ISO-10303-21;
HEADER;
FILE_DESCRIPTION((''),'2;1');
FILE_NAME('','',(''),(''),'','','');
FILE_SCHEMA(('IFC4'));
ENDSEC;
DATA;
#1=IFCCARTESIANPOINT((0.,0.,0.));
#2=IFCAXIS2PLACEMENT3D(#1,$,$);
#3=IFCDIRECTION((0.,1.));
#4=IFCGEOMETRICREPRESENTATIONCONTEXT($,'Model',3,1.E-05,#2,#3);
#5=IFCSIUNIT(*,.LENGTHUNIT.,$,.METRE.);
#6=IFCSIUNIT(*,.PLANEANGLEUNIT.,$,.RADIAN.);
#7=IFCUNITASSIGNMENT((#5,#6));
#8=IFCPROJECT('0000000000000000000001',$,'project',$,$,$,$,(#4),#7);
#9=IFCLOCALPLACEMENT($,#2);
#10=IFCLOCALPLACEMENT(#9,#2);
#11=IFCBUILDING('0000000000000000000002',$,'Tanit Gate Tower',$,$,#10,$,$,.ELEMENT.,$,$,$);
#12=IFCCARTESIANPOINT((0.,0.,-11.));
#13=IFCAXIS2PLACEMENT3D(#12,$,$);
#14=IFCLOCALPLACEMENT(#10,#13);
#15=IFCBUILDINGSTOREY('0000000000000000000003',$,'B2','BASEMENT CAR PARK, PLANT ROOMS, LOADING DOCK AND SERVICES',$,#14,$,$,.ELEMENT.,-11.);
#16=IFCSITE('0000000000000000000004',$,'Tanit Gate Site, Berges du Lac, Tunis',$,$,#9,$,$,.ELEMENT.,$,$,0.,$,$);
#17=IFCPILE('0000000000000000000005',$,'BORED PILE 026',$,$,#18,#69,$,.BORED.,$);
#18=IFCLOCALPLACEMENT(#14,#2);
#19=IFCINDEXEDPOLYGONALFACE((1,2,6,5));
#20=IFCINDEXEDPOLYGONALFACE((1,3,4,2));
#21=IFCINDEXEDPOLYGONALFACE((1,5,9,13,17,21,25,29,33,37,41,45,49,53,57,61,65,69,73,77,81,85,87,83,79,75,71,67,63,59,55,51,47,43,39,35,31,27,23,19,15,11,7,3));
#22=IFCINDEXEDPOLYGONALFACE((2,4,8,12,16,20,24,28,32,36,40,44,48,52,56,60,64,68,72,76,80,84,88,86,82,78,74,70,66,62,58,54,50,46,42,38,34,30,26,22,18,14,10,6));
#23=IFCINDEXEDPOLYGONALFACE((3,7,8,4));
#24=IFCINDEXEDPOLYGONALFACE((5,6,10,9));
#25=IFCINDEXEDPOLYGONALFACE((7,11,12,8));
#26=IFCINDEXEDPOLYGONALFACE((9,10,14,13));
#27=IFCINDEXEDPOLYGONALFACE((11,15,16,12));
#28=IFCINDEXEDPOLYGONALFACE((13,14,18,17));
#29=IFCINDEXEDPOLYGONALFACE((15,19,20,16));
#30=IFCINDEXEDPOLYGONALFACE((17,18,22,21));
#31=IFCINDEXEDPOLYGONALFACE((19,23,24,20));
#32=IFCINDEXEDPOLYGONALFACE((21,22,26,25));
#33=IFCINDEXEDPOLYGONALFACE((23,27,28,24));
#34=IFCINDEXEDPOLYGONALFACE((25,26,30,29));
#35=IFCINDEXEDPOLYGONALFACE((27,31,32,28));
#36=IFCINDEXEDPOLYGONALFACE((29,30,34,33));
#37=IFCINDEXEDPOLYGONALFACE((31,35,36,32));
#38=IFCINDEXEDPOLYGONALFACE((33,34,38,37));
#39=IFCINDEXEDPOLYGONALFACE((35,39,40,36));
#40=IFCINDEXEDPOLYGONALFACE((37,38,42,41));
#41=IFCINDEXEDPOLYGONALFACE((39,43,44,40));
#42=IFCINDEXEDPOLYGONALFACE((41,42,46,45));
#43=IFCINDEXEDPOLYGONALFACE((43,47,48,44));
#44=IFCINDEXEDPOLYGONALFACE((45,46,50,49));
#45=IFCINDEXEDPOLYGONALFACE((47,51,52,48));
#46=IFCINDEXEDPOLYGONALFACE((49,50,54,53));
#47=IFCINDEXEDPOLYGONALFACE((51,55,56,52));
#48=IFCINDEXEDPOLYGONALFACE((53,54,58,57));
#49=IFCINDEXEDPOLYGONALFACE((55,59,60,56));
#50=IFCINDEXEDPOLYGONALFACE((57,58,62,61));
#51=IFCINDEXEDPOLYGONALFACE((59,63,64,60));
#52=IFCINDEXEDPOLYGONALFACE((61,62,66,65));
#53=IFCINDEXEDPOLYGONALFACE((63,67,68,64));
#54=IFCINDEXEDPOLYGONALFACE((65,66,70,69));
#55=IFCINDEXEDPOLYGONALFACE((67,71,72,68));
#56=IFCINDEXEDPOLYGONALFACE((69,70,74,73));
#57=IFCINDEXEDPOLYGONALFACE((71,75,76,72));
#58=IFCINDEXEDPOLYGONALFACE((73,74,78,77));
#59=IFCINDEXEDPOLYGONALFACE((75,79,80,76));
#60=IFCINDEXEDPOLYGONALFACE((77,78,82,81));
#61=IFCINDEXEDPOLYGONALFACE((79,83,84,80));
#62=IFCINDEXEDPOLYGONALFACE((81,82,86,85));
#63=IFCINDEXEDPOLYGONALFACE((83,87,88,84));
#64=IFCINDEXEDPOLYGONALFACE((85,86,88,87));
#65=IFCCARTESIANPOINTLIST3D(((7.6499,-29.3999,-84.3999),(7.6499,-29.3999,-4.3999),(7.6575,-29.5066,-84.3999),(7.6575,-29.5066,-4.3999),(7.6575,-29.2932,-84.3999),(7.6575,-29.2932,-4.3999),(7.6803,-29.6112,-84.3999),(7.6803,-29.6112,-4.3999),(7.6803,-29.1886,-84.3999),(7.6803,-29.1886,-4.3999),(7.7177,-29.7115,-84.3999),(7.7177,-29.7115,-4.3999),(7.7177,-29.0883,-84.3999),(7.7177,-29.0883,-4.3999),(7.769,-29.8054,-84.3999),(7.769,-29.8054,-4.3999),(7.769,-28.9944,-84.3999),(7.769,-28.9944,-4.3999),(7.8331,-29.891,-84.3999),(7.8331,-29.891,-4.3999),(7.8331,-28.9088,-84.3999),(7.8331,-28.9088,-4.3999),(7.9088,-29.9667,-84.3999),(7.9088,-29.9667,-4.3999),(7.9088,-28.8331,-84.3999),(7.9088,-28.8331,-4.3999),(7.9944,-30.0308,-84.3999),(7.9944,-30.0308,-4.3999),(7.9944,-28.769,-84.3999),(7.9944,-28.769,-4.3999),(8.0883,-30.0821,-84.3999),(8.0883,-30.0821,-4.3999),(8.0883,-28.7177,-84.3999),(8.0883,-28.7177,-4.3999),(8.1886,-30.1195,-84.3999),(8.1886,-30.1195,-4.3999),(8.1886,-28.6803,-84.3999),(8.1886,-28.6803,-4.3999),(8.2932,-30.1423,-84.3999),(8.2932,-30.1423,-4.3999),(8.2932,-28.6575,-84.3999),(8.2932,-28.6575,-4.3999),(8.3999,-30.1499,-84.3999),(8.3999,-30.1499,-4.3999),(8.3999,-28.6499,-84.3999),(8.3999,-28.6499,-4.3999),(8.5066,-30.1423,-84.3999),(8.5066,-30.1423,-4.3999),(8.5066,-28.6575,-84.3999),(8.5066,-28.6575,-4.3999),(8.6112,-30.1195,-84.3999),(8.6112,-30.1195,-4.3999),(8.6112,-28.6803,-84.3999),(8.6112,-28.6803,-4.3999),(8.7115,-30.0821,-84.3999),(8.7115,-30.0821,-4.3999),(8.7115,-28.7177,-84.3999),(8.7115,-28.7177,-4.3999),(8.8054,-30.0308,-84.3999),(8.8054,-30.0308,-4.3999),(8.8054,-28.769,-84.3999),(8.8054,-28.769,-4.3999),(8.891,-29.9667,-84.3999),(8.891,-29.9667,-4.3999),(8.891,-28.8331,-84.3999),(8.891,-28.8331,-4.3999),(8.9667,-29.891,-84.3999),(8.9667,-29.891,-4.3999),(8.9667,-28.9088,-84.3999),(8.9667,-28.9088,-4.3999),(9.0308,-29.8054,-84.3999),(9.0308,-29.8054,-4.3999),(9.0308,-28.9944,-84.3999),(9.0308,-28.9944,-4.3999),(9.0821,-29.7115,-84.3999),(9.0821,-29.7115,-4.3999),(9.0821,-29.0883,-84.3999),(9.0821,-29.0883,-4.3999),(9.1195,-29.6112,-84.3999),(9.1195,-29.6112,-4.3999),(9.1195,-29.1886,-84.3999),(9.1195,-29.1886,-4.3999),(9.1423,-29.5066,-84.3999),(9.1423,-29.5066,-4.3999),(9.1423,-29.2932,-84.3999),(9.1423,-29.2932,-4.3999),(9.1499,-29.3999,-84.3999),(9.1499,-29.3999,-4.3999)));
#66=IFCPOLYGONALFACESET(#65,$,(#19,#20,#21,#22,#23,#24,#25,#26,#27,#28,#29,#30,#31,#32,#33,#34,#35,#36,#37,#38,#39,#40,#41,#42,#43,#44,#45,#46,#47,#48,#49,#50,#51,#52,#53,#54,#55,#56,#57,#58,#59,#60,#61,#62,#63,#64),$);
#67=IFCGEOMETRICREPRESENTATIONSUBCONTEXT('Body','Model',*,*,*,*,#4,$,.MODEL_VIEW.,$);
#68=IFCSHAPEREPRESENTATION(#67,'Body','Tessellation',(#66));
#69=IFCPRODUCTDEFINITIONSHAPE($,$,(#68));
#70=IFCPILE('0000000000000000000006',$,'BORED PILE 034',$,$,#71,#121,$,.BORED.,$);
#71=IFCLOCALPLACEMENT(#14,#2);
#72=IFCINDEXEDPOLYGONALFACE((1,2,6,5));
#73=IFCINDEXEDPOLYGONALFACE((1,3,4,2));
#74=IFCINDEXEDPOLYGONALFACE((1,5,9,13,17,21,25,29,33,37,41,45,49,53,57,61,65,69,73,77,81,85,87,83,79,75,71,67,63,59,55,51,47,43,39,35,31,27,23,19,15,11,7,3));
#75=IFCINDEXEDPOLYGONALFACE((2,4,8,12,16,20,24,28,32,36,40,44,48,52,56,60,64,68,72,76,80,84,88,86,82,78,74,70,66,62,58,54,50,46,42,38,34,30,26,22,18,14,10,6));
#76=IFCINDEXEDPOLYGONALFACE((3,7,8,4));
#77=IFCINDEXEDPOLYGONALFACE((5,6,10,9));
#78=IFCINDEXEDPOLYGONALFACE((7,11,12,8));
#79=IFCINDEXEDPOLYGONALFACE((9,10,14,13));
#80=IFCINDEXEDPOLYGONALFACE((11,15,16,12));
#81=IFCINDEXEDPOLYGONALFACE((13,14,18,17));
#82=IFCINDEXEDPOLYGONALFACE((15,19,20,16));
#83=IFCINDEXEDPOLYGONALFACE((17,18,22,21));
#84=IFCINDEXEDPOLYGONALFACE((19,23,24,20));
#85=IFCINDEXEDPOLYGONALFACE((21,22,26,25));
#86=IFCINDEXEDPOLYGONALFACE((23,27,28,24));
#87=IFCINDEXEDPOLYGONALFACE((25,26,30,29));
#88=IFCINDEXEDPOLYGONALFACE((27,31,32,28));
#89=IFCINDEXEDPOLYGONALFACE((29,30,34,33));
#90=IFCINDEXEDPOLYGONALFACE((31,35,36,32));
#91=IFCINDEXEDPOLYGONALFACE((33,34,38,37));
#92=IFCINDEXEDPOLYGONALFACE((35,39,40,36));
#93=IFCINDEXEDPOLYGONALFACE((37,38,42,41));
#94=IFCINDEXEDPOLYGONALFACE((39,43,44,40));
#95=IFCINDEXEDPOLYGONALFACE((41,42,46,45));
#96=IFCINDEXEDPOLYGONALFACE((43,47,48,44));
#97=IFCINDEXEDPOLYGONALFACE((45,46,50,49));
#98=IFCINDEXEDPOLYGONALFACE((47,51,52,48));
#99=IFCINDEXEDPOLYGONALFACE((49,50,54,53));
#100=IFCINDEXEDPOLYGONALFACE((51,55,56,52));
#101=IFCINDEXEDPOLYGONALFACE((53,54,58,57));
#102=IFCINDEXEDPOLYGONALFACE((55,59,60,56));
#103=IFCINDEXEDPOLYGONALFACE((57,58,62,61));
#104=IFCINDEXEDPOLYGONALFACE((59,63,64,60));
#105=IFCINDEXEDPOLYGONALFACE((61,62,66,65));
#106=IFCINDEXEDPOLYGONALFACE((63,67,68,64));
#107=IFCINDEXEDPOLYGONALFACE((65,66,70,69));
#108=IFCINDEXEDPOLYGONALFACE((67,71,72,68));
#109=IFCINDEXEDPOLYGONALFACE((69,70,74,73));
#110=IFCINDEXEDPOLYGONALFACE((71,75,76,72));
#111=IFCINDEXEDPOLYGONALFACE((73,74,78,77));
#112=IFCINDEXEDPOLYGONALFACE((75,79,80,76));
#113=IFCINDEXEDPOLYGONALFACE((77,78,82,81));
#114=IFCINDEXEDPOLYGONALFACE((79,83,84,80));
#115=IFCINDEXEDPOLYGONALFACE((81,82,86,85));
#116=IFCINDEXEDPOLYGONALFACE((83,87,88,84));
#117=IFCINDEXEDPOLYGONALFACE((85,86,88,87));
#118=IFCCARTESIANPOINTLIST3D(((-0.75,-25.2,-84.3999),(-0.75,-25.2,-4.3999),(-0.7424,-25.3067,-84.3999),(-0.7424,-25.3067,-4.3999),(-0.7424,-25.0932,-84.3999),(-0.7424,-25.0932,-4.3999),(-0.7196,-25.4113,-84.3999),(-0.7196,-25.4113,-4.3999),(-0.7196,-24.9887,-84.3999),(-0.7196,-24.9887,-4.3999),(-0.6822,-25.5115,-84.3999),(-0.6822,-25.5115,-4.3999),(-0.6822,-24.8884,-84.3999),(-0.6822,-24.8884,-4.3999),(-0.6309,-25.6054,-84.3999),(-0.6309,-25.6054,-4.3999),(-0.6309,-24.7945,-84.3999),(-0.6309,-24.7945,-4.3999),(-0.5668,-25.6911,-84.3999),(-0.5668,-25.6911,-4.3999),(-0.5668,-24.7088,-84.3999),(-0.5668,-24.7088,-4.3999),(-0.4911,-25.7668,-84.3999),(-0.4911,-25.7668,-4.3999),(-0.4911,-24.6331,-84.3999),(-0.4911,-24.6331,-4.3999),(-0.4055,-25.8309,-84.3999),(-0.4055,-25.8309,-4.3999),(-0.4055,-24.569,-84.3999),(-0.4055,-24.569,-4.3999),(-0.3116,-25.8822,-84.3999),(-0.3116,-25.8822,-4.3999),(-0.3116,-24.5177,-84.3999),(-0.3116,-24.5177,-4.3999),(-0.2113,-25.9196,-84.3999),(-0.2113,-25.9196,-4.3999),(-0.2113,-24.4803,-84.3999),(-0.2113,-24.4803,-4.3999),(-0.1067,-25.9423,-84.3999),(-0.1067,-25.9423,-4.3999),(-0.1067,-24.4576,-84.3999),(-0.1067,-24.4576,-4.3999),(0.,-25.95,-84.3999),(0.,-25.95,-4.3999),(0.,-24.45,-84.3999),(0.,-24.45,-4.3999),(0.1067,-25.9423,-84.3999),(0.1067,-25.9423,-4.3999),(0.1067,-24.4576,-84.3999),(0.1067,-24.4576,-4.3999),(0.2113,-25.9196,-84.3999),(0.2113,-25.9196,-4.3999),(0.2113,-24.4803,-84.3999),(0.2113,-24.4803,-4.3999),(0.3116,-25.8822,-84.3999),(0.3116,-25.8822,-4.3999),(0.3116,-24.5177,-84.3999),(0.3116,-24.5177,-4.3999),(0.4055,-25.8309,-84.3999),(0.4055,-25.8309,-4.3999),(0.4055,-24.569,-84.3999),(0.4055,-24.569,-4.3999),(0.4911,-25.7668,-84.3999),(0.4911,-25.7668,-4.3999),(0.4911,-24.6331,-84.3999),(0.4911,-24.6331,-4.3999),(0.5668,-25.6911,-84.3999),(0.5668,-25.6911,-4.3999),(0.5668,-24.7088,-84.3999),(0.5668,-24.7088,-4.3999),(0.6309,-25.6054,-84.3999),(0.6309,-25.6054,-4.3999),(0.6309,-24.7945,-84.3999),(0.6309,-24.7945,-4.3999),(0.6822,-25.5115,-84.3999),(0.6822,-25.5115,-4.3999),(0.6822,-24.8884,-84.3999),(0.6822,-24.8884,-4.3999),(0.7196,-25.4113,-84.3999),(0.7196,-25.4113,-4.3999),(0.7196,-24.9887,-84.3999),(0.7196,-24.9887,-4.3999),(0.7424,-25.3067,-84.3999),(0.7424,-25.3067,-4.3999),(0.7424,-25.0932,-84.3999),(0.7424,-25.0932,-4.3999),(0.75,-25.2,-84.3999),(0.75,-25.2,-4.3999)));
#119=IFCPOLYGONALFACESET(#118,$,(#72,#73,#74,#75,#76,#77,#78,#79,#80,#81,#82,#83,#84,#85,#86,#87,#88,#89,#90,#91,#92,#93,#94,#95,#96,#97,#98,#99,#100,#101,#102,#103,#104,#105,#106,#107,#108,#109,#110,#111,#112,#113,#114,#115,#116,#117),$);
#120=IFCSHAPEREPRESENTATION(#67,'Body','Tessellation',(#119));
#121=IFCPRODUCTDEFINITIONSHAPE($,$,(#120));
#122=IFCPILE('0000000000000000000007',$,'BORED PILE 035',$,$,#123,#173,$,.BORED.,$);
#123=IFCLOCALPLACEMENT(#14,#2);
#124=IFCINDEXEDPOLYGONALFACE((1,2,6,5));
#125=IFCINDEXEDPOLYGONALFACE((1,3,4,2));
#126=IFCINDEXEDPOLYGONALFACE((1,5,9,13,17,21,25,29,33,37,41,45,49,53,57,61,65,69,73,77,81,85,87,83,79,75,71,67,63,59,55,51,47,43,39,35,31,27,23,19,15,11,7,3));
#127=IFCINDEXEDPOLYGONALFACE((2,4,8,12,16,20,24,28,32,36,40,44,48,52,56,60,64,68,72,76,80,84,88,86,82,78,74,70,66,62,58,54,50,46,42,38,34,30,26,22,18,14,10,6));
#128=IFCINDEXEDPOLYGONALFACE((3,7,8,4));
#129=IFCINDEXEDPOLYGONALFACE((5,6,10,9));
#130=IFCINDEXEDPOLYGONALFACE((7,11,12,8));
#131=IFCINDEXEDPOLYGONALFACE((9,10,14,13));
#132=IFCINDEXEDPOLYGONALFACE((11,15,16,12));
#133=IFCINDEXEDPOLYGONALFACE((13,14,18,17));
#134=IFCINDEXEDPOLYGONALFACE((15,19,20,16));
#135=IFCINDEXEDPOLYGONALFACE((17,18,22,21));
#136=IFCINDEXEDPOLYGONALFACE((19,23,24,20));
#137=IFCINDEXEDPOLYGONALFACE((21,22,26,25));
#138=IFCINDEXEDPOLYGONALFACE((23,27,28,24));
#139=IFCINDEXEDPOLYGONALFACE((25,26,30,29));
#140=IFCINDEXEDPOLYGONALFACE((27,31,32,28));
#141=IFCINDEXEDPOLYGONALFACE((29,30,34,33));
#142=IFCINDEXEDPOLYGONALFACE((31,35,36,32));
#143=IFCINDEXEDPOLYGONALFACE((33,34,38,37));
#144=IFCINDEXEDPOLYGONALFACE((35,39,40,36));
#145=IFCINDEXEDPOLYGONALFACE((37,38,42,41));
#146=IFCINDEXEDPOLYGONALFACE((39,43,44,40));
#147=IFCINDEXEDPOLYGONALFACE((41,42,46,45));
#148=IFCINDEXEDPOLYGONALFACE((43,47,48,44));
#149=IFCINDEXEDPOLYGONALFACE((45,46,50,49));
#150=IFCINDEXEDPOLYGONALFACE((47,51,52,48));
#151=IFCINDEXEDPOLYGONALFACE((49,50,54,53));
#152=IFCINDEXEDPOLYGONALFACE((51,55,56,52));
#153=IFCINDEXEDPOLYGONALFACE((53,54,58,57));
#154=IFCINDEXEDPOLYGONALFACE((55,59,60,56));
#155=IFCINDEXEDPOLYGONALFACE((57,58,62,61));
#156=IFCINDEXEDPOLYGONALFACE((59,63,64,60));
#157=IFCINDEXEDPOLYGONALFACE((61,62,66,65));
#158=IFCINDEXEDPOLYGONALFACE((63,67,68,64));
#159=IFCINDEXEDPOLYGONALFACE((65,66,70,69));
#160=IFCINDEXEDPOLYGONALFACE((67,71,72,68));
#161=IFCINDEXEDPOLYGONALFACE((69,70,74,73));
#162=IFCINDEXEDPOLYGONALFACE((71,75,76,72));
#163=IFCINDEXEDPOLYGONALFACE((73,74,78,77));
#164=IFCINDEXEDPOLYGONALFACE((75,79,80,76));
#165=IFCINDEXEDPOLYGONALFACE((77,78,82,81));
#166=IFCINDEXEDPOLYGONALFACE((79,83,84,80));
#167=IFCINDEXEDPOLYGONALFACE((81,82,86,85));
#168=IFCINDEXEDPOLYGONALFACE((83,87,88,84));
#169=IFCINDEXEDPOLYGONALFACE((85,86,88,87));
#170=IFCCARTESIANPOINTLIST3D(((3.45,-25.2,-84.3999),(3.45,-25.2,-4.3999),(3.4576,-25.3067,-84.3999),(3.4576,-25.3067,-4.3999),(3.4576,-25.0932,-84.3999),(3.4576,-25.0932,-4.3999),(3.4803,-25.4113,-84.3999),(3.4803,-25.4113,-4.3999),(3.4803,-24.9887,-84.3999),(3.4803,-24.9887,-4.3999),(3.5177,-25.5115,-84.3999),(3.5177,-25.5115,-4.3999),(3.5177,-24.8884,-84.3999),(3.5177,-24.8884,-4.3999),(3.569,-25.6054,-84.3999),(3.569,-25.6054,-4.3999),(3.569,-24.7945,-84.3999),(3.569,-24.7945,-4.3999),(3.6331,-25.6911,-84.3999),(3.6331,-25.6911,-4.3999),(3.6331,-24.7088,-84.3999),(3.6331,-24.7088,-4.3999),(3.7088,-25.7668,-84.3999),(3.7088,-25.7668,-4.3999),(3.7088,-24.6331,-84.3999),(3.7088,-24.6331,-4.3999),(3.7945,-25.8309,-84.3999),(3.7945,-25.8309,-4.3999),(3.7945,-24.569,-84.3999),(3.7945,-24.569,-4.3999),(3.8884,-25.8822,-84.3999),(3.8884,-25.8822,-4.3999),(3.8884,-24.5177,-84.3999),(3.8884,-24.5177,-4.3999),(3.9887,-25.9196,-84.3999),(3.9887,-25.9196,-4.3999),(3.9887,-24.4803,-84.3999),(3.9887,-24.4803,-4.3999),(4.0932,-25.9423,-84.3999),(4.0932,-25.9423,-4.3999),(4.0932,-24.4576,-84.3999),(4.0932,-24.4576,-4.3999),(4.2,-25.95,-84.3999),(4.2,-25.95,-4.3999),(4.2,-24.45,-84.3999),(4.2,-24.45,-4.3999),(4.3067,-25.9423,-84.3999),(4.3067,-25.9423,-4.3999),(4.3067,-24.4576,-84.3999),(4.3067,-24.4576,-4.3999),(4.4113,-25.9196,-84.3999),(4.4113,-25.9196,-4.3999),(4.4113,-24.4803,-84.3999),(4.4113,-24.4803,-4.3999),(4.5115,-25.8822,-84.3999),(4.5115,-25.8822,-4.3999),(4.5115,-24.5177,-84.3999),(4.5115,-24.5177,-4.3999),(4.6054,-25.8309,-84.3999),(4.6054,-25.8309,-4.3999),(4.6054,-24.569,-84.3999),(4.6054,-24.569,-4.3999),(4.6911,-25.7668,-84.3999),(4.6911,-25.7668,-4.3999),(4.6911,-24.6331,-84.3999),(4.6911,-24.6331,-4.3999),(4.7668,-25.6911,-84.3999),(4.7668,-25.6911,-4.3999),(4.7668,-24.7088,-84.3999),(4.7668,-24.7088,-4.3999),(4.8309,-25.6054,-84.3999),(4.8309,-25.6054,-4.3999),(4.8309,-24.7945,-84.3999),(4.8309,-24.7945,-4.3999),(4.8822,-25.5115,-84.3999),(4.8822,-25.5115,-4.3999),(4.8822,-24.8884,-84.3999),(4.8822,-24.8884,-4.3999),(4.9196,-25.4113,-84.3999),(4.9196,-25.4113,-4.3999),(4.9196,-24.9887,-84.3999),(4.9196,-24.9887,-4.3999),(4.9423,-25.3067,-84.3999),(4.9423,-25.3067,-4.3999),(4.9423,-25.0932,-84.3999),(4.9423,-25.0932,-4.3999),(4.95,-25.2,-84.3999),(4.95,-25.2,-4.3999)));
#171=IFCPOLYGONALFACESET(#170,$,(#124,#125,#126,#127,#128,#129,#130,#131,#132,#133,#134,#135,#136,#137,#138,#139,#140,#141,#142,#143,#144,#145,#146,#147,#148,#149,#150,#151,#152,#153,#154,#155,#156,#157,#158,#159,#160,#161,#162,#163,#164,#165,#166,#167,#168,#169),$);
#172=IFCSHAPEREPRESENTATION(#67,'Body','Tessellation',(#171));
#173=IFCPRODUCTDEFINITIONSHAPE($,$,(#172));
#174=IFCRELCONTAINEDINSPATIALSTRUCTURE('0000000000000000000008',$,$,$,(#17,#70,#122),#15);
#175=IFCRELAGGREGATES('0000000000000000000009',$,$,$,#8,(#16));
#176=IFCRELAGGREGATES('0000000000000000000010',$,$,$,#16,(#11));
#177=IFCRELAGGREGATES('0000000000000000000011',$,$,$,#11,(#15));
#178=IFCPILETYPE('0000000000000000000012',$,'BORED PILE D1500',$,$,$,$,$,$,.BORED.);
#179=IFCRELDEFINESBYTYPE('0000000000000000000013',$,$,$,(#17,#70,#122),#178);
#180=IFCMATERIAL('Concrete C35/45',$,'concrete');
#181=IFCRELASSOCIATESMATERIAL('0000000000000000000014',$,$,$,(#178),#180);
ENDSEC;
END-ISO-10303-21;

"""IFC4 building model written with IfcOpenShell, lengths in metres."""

from ifc_helpers import new_model, si_unit, direction, frame, origin, origin_2d, place, context, subcontext, project, spatial, circle, extrude, material, material_profile, profile_set, type_object, element, save


model = new_model("IFC4")

# Units and contexts
model_context = context("Model", 3, precision=1e-05, world=origin(), true_north=direction((0.0, 1.0)))
body_context = subcontext(model_context, "Body", "Model", "MODEL_VIEW")
ifc_project = project(units=[si_unit("LENGTHUNIT", "METRE"), si_unit("PLANEANGLEUNIT", "RADIAN")], contexts=[model_context])

# Site, building, storey
site_placement = place(None, origin())
site = spatial("IfcSite", under=ifc_project, at=site_placement, Name="Tanit Gate Site, Berges du Lac, Tunis", CompositionType="ELEMENT", RefElevation=0.0)
building_placement = place(site_placement, origin())
building = spatial("IfcBuilding", under=site, at=building_placement, Name="Tanit Gate Tower", CompositionType="ELEMENT")
storey_placement = place(building_placement, frame((0.0, 0.0, -11.0)))
storey = spatial("IfcBuildingStorey", under=building, at=storey_placement, Name="B2", Description="BASEMENT CAR PARK, PLANT ROOMS, LOADING DOCK AND SERVICES", CompositionType="ELEMENT", Elevation=-11.0)

# Piles
ifc_material_1 = material(Name="Concrete C35/45", Category="concrete")
ifc_material_profile = material_profile(ifc_material_1, circle(Radius=0.75, at=origin_2d()), Name="BORED PILE D1500 C35/45")
ifc_profile_set = profile_set([ifc_material_profile], Name="Concrete C35/45")
pile_type = type_object("IfcPileType", Name="BORED PILE D1500", PredefinedType="BORED", material=ifc_profile_set)
for number, where, z_axis, x_axis, name in (
    (1, (8.3999, -29.3999, -4.3999), (0.0, 0.0, -1.0), (1.0, 0.0, 0.0), "BORED PILE 026"),
    (2, (0.0, -25.2, -4.3999), (0.0, 0.0, -1.0), (1.0, 0.0, 0.0), "BORED PILE 034"),
    (3, (4.2, -25.2, -4.3999), (0.0, 0.0, -1.0), (1.0, 0.0, 0.0), "BORED PILE 035"),
):
    element("IfcPile", number, at=place(storey_placement, frame(where, z_axis=z_axis, x_axis=x_axis)), inside=storey, type_object=pile_type, Name=name, PredefinedType="BORED", context=body_context, shape_type="SweptSolid", body=[
        extrude(circle(Radius=0.75, at=origin_2d()), origin(), (0.0, 0.0, 1.0), 80.0),
    ])

save(model, "model.ifc")
